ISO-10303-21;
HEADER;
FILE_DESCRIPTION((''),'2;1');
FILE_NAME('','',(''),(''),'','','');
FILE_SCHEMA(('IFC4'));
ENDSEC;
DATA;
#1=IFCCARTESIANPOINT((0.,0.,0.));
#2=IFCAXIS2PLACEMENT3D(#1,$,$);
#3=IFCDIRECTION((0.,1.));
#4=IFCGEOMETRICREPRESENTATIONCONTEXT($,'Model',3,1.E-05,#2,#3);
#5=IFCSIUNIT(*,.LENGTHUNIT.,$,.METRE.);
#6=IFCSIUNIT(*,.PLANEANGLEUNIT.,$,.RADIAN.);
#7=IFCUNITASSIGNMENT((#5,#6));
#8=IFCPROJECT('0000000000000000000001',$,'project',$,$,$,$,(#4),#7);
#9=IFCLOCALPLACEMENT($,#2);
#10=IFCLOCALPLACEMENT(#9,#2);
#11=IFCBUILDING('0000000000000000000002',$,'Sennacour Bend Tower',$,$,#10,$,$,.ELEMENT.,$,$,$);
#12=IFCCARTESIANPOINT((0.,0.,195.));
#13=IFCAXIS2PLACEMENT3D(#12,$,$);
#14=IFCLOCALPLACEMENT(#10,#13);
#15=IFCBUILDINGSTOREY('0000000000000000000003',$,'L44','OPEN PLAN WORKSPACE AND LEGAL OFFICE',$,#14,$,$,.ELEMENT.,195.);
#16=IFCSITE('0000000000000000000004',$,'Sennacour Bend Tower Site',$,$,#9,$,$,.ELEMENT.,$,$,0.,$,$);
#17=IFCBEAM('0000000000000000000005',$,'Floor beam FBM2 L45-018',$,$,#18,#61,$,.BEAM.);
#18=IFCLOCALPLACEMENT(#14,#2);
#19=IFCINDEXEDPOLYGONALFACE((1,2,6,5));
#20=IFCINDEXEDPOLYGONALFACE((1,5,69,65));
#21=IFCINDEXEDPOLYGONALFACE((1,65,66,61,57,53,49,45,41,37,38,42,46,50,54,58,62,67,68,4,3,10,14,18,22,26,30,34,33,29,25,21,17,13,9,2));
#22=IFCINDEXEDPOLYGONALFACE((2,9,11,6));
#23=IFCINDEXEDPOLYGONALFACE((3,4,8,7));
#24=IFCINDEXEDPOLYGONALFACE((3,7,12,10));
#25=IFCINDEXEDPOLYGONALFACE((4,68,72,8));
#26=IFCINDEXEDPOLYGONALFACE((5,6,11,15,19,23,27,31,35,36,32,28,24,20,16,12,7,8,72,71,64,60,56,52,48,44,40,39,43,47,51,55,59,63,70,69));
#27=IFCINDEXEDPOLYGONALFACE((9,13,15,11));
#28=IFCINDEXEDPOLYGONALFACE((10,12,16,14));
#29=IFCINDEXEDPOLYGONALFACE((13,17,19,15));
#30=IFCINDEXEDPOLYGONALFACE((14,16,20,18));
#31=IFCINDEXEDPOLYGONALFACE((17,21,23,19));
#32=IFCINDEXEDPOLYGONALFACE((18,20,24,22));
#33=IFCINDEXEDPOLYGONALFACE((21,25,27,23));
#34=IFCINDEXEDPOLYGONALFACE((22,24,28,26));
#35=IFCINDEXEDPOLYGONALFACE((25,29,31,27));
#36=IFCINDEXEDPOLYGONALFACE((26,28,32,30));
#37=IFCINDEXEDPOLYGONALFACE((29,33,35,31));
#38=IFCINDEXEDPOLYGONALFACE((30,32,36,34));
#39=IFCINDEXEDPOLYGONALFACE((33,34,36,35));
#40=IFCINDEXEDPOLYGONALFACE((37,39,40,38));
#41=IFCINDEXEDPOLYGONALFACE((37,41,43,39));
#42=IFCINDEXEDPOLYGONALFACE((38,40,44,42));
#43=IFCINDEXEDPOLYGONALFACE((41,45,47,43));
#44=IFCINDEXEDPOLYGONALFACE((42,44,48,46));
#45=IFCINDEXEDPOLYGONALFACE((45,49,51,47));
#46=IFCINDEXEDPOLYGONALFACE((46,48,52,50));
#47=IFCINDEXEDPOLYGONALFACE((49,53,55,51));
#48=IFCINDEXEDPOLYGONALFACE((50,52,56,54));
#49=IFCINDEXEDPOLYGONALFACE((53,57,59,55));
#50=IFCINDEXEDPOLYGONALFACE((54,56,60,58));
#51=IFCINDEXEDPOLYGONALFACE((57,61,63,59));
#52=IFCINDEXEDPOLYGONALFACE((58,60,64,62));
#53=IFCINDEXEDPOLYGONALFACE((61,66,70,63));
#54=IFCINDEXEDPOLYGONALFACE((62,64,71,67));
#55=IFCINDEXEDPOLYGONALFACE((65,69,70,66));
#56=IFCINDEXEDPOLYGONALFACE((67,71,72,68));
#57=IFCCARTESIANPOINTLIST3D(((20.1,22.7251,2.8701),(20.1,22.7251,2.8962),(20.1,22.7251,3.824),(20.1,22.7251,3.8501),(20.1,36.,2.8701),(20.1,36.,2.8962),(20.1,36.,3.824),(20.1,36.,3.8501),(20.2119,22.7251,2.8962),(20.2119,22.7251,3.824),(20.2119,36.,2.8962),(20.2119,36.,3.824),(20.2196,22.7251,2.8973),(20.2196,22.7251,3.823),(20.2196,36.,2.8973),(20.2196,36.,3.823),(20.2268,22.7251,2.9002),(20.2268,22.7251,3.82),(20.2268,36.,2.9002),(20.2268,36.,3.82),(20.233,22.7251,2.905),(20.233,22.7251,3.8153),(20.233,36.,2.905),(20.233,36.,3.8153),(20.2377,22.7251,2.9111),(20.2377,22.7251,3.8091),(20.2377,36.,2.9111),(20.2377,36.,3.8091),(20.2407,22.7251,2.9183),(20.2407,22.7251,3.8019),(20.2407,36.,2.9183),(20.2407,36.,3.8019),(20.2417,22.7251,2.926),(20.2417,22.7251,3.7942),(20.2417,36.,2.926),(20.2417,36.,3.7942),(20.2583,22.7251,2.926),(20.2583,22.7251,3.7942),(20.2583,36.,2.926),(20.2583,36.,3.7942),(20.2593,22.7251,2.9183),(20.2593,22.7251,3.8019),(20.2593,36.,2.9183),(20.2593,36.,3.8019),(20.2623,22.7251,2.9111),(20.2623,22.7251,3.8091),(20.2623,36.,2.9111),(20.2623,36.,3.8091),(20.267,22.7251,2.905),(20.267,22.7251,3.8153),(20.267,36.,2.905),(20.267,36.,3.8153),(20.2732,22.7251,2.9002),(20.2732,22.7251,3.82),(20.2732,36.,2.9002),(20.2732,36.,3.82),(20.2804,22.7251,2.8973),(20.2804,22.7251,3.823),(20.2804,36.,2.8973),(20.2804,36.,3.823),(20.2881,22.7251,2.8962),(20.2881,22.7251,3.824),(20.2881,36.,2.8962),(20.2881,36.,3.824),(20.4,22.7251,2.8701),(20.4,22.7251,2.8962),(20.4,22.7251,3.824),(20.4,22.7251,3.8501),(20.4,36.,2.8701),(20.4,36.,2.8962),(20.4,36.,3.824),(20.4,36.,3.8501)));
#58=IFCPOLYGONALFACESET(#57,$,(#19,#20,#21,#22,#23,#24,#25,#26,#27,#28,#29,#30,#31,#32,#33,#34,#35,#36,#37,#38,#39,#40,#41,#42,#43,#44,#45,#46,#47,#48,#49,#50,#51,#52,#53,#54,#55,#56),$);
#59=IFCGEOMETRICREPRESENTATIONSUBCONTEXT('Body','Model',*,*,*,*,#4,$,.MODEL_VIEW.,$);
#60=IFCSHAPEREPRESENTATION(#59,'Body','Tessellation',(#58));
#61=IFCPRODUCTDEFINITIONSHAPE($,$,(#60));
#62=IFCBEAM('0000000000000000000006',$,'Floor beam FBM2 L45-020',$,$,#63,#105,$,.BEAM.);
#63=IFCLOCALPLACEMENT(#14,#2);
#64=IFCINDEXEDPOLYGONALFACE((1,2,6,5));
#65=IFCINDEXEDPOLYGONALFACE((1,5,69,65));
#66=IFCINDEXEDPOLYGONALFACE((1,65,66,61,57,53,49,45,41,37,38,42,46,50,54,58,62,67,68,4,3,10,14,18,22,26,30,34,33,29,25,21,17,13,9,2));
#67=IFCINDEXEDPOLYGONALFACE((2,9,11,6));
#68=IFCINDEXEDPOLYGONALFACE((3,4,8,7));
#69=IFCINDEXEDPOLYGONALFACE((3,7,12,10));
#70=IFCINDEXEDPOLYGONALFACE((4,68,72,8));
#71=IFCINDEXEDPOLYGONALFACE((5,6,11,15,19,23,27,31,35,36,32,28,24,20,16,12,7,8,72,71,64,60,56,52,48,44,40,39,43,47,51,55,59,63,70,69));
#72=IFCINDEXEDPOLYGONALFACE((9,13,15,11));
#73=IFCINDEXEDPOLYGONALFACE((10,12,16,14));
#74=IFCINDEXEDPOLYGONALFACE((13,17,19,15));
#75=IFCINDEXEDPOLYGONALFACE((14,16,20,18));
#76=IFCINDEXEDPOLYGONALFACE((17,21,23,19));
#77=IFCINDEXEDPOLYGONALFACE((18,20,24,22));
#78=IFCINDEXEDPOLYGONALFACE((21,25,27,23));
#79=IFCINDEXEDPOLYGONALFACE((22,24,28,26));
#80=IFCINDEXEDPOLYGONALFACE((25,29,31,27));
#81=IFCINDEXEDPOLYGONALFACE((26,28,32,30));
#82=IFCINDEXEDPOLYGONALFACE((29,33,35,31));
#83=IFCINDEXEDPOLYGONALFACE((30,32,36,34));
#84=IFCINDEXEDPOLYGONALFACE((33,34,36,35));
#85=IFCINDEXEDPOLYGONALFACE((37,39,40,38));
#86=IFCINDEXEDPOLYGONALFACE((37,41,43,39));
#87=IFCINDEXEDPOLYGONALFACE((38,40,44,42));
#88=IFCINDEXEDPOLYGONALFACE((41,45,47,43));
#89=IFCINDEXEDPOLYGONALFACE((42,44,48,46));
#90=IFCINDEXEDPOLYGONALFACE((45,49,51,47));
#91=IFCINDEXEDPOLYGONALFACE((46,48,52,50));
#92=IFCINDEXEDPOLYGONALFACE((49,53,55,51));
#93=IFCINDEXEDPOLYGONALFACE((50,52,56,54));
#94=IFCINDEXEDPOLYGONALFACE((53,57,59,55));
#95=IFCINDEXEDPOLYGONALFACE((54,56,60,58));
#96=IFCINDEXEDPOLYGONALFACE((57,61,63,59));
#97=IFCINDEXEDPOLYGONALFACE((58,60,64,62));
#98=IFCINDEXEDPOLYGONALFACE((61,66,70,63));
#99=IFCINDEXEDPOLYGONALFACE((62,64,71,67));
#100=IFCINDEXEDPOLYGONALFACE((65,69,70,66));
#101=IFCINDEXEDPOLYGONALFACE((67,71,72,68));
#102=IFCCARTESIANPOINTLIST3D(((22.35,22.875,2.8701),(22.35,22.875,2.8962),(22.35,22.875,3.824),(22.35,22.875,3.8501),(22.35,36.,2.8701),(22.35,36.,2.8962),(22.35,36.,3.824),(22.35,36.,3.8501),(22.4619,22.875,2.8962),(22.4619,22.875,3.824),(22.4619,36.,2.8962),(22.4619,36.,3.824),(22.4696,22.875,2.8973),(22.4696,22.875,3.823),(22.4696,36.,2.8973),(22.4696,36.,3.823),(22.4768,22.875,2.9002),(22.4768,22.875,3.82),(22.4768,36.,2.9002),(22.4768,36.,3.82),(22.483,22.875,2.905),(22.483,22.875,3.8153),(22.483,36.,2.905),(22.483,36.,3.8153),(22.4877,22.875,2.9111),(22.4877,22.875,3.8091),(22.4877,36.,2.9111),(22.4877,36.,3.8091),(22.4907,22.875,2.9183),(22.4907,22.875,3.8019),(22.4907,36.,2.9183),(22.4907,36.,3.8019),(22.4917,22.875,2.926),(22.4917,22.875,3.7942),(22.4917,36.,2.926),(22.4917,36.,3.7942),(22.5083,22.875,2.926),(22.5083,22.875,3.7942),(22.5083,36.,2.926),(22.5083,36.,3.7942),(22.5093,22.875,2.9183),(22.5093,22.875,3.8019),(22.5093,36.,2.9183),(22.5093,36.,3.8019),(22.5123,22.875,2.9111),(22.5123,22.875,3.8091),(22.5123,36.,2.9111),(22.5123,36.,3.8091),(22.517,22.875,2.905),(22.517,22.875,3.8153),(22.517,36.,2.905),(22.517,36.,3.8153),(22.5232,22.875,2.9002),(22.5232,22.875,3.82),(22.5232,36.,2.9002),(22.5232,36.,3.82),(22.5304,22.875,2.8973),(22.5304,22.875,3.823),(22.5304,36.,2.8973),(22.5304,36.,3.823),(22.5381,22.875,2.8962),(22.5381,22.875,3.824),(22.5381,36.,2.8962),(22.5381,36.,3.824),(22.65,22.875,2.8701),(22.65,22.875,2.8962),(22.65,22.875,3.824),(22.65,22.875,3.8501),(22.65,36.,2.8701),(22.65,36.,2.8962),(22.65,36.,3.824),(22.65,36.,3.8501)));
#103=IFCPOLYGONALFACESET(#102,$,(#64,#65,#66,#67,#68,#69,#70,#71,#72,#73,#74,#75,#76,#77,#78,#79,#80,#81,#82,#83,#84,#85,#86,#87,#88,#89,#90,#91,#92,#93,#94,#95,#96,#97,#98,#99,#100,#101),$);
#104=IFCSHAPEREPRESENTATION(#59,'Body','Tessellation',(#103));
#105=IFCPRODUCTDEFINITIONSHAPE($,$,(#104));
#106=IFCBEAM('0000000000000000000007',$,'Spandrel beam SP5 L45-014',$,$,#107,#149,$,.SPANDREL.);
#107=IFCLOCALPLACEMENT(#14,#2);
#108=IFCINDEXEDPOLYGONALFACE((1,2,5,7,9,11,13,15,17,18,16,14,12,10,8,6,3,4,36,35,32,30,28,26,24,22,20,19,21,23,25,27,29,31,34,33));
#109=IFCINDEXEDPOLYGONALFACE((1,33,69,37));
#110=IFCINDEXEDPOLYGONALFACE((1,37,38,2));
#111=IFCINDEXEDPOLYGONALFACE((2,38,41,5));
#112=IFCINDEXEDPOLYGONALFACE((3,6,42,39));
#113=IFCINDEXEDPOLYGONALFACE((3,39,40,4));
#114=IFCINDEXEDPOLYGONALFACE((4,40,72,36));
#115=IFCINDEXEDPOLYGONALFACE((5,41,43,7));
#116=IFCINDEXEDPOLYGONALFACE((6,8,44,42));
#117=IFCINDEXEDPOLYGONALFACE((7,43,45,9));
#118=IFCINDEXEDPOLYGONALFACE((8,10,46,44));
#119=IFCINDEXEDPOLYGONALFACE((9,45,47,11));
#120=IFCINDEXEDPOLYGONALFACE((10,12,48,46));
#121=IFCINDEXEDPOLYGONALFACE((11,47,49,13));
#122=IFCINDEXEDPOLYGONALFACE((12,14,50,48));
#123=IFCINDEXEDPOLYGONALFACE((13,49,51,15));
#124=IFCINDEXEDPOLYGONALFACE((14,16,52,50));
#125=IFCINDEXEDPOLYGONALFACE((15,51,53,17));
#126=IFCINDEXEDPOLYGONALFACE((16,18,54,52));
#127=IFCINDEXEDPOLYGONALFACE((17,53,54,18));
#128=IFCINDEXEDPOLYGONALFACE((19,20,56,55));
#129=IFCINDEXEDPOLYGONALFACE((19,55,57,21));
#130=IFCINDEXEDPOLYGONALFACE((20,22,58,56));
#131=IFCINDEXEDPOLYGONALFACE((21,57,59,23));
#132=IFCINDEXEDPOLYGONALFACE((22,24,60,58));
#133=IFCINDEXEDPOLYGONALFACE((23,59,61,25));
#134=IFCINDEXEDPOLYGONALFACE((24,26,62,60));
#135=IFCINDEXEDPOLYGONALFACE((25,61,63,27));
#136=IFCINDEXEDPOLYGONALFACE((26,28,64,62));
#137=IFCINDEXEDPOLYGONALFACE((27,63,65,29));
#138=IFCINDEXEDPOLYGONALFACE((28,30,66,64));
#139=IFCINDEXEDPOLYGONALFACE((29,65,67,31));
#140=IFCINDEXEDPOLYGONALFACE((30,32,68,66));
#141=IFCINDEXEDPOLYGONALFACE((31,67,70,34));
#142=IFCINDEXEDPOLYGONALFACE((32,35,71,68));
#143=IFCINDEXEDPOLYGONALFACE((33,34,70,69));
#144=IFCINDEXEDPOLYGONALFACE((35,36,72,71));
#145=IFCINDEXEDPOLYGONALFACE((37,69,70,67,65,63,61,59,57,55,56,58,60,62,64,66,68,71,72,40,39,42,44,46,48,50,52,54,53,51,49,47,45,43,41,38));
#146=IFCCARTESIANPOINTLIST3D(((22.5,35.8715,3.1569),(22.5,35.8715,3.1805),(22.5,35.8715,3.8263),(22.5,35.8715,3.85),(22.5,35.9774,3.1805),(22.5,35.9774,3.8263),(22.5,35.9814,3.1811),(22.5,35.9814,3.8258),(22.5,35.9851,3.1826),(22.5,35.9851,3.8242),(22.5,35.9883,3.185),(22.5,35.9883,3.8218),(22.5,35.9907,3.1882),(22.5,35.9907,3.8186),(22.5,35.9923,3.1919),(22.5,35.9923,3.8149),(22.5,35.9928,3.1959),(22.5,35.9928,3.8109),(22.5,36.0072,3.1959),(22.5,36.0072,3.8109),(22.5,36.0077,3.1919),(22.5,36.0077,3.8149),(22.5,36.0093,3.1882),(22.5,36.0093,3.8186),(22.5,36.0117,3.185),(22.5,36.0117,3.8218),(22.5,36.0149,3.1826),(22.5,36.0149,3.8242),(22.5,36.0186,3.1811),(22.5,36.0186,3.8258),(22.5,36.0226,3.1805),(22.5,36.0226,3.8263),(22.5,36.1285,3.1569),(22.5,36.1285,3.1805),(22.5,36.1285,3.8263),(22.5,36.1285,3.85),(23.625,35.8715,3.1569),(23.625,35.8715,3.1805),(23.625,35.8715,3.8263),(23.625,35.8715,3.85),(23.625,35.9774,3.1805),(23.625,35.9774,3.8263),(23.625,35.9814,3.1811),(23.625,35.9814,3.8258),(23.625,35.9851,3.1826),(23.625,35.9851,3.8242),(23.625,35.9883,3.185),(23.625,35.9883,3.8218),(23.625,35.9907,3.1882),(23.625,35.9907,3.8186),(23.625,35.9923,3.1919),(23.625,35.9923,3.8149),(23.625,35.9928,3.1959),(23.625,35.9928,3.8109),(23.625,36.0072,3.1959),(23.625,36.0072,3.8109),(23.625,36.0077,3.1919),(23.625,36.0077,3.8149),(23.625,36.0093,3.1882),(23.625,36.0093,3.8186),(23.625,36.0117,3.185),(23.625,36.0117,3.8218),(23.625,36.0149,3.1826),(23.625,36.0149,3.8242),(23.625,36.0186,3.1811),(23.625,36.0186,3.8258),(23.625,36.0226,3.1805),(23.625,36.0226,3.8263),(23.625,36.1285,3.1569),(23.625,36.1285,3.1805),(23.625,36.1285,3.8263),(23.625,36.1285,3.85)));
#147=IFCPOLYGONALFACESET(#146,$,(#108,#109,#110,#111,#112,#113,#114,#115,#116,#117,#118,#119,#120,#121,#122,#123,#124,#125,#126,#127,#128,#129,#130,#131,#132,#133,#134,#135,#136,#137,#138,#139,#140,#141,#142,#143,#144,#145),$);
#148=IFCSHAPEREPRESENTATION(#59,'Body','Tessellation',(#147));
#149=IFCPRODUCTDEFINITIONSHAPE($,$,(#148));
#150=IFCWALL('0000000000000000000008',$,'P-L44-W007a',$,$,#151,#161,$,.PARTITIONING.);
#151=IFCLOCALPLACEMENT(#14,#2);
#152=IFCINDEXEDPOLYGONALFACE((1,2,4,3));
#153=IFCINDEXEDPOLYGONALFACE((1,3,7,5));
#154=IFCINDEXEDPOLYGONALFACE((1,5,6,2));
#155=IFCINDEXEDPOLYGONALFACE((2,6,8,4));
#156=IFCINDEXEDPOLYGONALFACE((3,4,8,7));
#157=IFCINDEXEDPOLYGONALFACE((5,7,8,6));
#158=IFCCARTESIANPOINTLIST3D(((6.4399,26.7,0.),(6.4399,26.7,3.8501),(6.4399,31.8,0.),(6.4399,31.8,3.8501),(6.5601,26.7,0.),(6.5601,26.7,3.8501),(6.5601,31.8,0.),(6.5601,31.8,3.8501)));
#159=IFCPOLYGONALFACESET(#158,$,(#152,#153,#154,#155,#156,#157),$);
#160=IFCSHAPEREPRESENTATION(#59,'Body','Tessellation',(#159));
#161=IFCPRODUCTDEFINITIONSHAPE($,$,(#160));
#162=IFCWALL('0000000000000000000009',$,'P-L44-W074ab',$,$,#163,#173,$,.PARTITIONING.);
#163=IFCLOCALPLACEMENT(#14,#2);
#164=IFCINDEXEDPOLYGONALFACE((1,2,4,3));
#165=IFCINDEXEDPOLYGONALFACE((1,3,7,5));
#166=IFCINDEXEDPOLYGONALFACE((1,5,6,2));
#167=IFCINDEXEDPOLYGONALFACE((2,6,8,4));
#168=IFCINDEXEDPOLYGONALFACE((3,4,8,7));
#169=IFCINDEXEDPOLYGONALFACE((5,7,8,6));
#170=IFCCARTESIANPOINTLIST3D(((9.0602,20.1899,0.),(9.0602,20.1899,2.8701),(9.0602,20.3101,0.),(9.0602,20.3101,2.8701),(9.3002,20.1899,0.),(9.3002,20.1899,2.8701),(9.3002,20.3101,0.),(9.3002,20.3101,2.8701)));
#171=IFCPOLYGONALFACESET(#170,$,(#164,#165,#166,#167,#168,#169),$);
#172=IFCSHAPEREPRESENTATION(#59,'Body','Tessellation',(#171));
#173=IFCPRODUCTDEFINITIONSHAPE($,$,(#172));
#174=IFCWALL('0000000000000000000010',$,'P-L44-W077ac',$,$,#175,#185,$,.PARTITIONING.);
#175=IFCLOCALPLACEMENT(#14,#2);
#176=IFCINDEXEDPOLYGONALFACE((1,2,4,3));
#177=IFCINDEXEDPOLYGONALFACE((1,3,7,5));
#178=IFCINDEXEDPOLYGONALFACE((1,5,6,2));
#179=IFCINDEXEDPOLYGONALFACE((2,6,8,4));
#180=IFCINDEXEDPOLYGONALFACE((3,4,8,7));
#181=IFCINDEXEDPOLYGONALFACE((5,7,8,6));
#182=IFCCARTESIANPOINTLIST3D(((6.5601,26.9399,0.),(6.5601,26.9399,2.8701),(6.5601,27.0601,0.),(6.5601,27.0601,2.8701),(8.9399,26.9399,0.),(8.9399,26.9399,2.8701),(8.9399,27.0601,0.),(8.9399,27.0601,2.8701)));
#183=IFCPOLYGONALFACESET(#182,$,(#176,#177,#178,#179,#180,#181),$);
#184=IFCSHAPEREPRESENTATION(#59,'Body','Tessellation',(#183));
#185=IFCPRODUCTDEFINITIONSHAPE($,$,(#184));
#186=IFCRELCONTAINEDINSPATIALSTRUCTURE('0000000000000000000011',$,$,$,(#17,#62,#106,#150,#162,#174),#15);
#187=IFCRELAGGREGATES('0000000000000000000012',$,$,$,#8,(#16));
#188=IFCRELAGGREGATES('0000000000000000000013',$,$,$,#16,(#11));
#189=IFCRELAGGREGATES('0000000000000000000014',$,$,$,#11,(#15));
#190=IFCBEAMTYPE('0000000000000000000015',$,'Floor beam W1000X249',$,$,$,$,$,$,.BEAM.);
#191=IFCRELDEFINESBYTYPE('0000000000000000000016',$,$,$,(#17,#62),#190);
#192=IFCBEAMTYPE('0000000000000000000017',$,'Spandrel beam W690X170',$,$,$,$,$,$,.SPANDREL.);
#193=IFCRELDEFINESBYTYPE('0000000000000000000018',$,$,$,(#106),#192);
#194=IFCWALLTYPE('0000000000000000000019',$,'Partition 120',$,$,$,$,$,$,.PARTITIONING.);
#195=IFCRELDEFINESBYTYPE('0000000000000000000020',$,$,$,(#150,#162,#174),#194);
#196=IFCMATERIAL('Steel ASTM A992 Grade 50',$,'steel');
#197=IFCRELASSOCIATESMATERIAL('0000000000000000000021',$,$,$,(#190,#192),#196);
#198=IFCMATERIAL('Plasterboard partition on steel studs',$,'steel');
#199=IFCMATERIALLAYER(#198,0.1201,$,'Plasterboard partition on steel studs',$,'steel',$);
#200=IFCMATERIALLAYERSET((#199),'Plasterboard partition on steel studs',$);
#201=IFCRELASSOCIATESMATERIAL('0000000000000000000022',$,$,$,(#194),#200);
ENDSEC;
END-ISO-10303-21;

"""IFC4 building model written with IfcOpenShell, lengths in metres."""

from ifc_helpers import new_model, si_unit, direction, frame, frame_2d, origin, origin_2d, place, context, subcontext, project, spatial, rectangle, i_section, extrude, material, layer, layer_set, material_profile, profile_set, type_object, element, save


model = new_model("IFC4")

# Units and contexts
model_context = context("Model", 3, precision=1e-05, world=origin(), true_north=direction((0.0, 1.0)))
body_context = subcontext(model_context, "Body", "Model", "MODEL_VIEW")
ifc_project = project(units=[si_unit("LENGTHUNIT", "METRE"), si_unit("PLANEANGLEUNIT", "RADIAN")], contexts=[model_context])

# Site, building, storey
site_placement = place(None, origin())
site = spatial("IfcSite", under=ifc_project, at=site_placement, Name="Sennacour Bend Tower Site", CompositionType="ELEMENT", RefElevation=0.0)
building_placement = place(site_placement, origin())
building = spatial("IfcBuilding", under=site, at=building_placement, Name="Sennacour Bend Tower", CompositionType="ELEMENT")
storey_placement = place(building_placement, frame((0.0, 0.0, 195.0)))
storey = spatial("IfcBuildingStorey", under=building, at=storey_placement, Name="L44", Description="OPEN PLAN WORKSPACE AND LEGAL OFFICE", CompositionType="ELEMENT", Elevation=195.0)

# Beams
ifc_material_1 = material(Name="Steel ASTM A992 Grade 50", Category="steel")
ifc_material_profile_1 = material_profile(ifc_material_1, i_section(OverallWidth=0.3, OverallDepth=0.98, WebThickness=0.0166, FlangeThickness=0.0261, FilletRadius=0.0298, at=origin_2d()), Name="Steel ASTM A992 Grade 50", Category="steel")
ifc_profile_set_1 = profile_set([ifc_material_profile_1], Name="Steel ASTM A992 Grade 50")
beam_type_1 = type_object("IfcBeamType", Name="Floor beam W1000X249", PredefinedType="BEAM", material=ifc_profile_set_1)
for number, where, z_axis, x_axis, name in (
    (1, (20.25, 22.7251, 3.3601), (0.0, 1.0, 0.0), (-1.0, 0.0, 0.0), "Floor beam FBM2 L45-018"),
):
    element("IfcBeam", number, at=place(storey_placement, frame(where, z_axis=z_axis, x_axis=x_axis)), inside=storey, type_object=beam_type_1, Name=name, PredefinedType="BEAM", context=body_context, shape_type="SweptSolid", body=[
        extrude(i_section(OverallWidth=0.3, OverallDepth=0.98, WebThickness=0.0166, FlangeThickness=0.0261, FilletRadius=0.0298, at=origin_2d()), origin(), (0.0, 0.0, 1.0), 13.2749),
    ])
beam_1_placement = place(storey_placement, frame((22.5, 22.875, 3.3601), z_axis=(0.0, 1.0, 0.0), x_axis=(-1.0, 0.0, 0.0)))
element("IfcBeam", 2, at=beam_1_placement, inside=storey, type_object=beam_type_1, Name="Floor beam FBM2 L45-020", PredefinedType="BEAM", context=body_context, shape_type="SweptSolid", body=[
    extrude(i_section(OverallWidth=0.3, OverallDepth=0.98, WebThickness=0.0166, FlangeThickness=0.0261, FilletRadius=0.0298, at=origin_2d()), origin(), (0.0, 0.0, 1.0), 13.125),
])
ifc_material_profile_2 = material_profile(ifc_material_1, i_section(OverallWidth=0.2571, OverallDepth=0.6931, WebThickness=0.0144, FlangeThickness=0.0237, FilletRadius=0.0154, at=origin_2d()), Name="Steel ASTM A992 Grade 50", Category="steel")
ifc_profile_set_2 = profile_set([ifc_material_profile_2], Name="Steel ASTM A992 Grade 50")
beam_type_2 = type_object("IfcBeamType", Name="Spandrel beam W690X170", PredefinedType="SPANDREL", material=ifc_profile_set_2)
beam_2_placement = place(storey_placement, frame((22.5, 36.0, 3.5034), z_axis=(1.0, 0.0, 0.0), x_axis=(0.0, 1.0, 0.0)))
element("IfcBeam", 3, at=beam_2_placement, inside=storey, type_object=beam_type_2, Name="Spandrel beam SP5 L45-014", PredefinedType="SPANDREL", context=body_context, shape_type="SweptSolid", body=[
    extrude(i_section(OverallWidth=0.2571, OverallDepth=0.6931, WebThickness=0.0144, FlangeThickness=0.0237, FilletRadius=0.0154, at=origin_2d()), origin(), (0.0, 0.0, 1.0), 1.125),
])

# Walls
ifc_material_2 = material(Name="Plasterboard partition on steel studs", Category="steel")
ifc_layer_1 = layer(ifc_material_2, 0.1201, Name="Plasterboard partition on steel studs", Category="steel")
ifc_layer_set_1 = layer_set([ifc_layer_1], Name="Plasterboard partition on steel studs")
wall_type_1 = type_object("IfcWallType", Name="Partition 120", PredefinedType="PARTITIONING", material=ifc_layer_set_1)
wall_1_placement = place(storey_placement, frame((6.5, 26.7, 0.0), z_axis=(0.0, 0.0, 1.0), x_axis=(0.0, 1.0, 0.0)))
element("IfcWall", 4, at=wall_1_placement, inside=storey, type_object=wall_type_1, Name="P-L44-W007a", PredefinedType="PARTITIONING", context=body_context, shape_type="SweptSolid", body=[
    extrude(rectangle(XDim=5.1001, YDim=0.1201, at=frame_2d((2.55, 0.0))), origin(), (0.0, 0.0, 1.0), 3.8501),
])
wall_2_placement = place(storey_placement, frame((9.0601, 20.25, 0.0), z_axis=(0.0, 0.0, 1.0), x_axis=(1.0, 0.0, 0.0)))
element("IfcWall", 5, at=wall_2_placement, inside=storey, type_object=wall_type_1, Name="P-L44-W074ab", PredefinedType="PARTITIONING", context=body_context, shape_type="SweptSolid", body=[
    extrude(rectangle(XDim=0.24, YDim=0.1201, at=frame_2d((0.1201, 0.0))), origin(), (0.0, 0.0, 1.0), 2.8701),
])
wall_3_placement = place(storey_placement, frame((6.5601, 27.0, 0.0), z_axis=(0.0, 0.0, 1.0), x_axis=(1.0, 0.0, 0.0)))
element("IfcWall", 6, at=wall_3_placement, inside=storey, type_object=wall_type_1, Name="P-L44-W077ac", PredefinedType="PARTITIONING", context=body_context, shape_type="SweptSolid", body=[
    extrude(rectangle(XDim=2.3799, YDim=0.1201, at=frame_2d((1.1899, 0.0))), origin(), (0.0, 0.0, 1.0), 2.8701),
])

save(model, "model.ifc")
